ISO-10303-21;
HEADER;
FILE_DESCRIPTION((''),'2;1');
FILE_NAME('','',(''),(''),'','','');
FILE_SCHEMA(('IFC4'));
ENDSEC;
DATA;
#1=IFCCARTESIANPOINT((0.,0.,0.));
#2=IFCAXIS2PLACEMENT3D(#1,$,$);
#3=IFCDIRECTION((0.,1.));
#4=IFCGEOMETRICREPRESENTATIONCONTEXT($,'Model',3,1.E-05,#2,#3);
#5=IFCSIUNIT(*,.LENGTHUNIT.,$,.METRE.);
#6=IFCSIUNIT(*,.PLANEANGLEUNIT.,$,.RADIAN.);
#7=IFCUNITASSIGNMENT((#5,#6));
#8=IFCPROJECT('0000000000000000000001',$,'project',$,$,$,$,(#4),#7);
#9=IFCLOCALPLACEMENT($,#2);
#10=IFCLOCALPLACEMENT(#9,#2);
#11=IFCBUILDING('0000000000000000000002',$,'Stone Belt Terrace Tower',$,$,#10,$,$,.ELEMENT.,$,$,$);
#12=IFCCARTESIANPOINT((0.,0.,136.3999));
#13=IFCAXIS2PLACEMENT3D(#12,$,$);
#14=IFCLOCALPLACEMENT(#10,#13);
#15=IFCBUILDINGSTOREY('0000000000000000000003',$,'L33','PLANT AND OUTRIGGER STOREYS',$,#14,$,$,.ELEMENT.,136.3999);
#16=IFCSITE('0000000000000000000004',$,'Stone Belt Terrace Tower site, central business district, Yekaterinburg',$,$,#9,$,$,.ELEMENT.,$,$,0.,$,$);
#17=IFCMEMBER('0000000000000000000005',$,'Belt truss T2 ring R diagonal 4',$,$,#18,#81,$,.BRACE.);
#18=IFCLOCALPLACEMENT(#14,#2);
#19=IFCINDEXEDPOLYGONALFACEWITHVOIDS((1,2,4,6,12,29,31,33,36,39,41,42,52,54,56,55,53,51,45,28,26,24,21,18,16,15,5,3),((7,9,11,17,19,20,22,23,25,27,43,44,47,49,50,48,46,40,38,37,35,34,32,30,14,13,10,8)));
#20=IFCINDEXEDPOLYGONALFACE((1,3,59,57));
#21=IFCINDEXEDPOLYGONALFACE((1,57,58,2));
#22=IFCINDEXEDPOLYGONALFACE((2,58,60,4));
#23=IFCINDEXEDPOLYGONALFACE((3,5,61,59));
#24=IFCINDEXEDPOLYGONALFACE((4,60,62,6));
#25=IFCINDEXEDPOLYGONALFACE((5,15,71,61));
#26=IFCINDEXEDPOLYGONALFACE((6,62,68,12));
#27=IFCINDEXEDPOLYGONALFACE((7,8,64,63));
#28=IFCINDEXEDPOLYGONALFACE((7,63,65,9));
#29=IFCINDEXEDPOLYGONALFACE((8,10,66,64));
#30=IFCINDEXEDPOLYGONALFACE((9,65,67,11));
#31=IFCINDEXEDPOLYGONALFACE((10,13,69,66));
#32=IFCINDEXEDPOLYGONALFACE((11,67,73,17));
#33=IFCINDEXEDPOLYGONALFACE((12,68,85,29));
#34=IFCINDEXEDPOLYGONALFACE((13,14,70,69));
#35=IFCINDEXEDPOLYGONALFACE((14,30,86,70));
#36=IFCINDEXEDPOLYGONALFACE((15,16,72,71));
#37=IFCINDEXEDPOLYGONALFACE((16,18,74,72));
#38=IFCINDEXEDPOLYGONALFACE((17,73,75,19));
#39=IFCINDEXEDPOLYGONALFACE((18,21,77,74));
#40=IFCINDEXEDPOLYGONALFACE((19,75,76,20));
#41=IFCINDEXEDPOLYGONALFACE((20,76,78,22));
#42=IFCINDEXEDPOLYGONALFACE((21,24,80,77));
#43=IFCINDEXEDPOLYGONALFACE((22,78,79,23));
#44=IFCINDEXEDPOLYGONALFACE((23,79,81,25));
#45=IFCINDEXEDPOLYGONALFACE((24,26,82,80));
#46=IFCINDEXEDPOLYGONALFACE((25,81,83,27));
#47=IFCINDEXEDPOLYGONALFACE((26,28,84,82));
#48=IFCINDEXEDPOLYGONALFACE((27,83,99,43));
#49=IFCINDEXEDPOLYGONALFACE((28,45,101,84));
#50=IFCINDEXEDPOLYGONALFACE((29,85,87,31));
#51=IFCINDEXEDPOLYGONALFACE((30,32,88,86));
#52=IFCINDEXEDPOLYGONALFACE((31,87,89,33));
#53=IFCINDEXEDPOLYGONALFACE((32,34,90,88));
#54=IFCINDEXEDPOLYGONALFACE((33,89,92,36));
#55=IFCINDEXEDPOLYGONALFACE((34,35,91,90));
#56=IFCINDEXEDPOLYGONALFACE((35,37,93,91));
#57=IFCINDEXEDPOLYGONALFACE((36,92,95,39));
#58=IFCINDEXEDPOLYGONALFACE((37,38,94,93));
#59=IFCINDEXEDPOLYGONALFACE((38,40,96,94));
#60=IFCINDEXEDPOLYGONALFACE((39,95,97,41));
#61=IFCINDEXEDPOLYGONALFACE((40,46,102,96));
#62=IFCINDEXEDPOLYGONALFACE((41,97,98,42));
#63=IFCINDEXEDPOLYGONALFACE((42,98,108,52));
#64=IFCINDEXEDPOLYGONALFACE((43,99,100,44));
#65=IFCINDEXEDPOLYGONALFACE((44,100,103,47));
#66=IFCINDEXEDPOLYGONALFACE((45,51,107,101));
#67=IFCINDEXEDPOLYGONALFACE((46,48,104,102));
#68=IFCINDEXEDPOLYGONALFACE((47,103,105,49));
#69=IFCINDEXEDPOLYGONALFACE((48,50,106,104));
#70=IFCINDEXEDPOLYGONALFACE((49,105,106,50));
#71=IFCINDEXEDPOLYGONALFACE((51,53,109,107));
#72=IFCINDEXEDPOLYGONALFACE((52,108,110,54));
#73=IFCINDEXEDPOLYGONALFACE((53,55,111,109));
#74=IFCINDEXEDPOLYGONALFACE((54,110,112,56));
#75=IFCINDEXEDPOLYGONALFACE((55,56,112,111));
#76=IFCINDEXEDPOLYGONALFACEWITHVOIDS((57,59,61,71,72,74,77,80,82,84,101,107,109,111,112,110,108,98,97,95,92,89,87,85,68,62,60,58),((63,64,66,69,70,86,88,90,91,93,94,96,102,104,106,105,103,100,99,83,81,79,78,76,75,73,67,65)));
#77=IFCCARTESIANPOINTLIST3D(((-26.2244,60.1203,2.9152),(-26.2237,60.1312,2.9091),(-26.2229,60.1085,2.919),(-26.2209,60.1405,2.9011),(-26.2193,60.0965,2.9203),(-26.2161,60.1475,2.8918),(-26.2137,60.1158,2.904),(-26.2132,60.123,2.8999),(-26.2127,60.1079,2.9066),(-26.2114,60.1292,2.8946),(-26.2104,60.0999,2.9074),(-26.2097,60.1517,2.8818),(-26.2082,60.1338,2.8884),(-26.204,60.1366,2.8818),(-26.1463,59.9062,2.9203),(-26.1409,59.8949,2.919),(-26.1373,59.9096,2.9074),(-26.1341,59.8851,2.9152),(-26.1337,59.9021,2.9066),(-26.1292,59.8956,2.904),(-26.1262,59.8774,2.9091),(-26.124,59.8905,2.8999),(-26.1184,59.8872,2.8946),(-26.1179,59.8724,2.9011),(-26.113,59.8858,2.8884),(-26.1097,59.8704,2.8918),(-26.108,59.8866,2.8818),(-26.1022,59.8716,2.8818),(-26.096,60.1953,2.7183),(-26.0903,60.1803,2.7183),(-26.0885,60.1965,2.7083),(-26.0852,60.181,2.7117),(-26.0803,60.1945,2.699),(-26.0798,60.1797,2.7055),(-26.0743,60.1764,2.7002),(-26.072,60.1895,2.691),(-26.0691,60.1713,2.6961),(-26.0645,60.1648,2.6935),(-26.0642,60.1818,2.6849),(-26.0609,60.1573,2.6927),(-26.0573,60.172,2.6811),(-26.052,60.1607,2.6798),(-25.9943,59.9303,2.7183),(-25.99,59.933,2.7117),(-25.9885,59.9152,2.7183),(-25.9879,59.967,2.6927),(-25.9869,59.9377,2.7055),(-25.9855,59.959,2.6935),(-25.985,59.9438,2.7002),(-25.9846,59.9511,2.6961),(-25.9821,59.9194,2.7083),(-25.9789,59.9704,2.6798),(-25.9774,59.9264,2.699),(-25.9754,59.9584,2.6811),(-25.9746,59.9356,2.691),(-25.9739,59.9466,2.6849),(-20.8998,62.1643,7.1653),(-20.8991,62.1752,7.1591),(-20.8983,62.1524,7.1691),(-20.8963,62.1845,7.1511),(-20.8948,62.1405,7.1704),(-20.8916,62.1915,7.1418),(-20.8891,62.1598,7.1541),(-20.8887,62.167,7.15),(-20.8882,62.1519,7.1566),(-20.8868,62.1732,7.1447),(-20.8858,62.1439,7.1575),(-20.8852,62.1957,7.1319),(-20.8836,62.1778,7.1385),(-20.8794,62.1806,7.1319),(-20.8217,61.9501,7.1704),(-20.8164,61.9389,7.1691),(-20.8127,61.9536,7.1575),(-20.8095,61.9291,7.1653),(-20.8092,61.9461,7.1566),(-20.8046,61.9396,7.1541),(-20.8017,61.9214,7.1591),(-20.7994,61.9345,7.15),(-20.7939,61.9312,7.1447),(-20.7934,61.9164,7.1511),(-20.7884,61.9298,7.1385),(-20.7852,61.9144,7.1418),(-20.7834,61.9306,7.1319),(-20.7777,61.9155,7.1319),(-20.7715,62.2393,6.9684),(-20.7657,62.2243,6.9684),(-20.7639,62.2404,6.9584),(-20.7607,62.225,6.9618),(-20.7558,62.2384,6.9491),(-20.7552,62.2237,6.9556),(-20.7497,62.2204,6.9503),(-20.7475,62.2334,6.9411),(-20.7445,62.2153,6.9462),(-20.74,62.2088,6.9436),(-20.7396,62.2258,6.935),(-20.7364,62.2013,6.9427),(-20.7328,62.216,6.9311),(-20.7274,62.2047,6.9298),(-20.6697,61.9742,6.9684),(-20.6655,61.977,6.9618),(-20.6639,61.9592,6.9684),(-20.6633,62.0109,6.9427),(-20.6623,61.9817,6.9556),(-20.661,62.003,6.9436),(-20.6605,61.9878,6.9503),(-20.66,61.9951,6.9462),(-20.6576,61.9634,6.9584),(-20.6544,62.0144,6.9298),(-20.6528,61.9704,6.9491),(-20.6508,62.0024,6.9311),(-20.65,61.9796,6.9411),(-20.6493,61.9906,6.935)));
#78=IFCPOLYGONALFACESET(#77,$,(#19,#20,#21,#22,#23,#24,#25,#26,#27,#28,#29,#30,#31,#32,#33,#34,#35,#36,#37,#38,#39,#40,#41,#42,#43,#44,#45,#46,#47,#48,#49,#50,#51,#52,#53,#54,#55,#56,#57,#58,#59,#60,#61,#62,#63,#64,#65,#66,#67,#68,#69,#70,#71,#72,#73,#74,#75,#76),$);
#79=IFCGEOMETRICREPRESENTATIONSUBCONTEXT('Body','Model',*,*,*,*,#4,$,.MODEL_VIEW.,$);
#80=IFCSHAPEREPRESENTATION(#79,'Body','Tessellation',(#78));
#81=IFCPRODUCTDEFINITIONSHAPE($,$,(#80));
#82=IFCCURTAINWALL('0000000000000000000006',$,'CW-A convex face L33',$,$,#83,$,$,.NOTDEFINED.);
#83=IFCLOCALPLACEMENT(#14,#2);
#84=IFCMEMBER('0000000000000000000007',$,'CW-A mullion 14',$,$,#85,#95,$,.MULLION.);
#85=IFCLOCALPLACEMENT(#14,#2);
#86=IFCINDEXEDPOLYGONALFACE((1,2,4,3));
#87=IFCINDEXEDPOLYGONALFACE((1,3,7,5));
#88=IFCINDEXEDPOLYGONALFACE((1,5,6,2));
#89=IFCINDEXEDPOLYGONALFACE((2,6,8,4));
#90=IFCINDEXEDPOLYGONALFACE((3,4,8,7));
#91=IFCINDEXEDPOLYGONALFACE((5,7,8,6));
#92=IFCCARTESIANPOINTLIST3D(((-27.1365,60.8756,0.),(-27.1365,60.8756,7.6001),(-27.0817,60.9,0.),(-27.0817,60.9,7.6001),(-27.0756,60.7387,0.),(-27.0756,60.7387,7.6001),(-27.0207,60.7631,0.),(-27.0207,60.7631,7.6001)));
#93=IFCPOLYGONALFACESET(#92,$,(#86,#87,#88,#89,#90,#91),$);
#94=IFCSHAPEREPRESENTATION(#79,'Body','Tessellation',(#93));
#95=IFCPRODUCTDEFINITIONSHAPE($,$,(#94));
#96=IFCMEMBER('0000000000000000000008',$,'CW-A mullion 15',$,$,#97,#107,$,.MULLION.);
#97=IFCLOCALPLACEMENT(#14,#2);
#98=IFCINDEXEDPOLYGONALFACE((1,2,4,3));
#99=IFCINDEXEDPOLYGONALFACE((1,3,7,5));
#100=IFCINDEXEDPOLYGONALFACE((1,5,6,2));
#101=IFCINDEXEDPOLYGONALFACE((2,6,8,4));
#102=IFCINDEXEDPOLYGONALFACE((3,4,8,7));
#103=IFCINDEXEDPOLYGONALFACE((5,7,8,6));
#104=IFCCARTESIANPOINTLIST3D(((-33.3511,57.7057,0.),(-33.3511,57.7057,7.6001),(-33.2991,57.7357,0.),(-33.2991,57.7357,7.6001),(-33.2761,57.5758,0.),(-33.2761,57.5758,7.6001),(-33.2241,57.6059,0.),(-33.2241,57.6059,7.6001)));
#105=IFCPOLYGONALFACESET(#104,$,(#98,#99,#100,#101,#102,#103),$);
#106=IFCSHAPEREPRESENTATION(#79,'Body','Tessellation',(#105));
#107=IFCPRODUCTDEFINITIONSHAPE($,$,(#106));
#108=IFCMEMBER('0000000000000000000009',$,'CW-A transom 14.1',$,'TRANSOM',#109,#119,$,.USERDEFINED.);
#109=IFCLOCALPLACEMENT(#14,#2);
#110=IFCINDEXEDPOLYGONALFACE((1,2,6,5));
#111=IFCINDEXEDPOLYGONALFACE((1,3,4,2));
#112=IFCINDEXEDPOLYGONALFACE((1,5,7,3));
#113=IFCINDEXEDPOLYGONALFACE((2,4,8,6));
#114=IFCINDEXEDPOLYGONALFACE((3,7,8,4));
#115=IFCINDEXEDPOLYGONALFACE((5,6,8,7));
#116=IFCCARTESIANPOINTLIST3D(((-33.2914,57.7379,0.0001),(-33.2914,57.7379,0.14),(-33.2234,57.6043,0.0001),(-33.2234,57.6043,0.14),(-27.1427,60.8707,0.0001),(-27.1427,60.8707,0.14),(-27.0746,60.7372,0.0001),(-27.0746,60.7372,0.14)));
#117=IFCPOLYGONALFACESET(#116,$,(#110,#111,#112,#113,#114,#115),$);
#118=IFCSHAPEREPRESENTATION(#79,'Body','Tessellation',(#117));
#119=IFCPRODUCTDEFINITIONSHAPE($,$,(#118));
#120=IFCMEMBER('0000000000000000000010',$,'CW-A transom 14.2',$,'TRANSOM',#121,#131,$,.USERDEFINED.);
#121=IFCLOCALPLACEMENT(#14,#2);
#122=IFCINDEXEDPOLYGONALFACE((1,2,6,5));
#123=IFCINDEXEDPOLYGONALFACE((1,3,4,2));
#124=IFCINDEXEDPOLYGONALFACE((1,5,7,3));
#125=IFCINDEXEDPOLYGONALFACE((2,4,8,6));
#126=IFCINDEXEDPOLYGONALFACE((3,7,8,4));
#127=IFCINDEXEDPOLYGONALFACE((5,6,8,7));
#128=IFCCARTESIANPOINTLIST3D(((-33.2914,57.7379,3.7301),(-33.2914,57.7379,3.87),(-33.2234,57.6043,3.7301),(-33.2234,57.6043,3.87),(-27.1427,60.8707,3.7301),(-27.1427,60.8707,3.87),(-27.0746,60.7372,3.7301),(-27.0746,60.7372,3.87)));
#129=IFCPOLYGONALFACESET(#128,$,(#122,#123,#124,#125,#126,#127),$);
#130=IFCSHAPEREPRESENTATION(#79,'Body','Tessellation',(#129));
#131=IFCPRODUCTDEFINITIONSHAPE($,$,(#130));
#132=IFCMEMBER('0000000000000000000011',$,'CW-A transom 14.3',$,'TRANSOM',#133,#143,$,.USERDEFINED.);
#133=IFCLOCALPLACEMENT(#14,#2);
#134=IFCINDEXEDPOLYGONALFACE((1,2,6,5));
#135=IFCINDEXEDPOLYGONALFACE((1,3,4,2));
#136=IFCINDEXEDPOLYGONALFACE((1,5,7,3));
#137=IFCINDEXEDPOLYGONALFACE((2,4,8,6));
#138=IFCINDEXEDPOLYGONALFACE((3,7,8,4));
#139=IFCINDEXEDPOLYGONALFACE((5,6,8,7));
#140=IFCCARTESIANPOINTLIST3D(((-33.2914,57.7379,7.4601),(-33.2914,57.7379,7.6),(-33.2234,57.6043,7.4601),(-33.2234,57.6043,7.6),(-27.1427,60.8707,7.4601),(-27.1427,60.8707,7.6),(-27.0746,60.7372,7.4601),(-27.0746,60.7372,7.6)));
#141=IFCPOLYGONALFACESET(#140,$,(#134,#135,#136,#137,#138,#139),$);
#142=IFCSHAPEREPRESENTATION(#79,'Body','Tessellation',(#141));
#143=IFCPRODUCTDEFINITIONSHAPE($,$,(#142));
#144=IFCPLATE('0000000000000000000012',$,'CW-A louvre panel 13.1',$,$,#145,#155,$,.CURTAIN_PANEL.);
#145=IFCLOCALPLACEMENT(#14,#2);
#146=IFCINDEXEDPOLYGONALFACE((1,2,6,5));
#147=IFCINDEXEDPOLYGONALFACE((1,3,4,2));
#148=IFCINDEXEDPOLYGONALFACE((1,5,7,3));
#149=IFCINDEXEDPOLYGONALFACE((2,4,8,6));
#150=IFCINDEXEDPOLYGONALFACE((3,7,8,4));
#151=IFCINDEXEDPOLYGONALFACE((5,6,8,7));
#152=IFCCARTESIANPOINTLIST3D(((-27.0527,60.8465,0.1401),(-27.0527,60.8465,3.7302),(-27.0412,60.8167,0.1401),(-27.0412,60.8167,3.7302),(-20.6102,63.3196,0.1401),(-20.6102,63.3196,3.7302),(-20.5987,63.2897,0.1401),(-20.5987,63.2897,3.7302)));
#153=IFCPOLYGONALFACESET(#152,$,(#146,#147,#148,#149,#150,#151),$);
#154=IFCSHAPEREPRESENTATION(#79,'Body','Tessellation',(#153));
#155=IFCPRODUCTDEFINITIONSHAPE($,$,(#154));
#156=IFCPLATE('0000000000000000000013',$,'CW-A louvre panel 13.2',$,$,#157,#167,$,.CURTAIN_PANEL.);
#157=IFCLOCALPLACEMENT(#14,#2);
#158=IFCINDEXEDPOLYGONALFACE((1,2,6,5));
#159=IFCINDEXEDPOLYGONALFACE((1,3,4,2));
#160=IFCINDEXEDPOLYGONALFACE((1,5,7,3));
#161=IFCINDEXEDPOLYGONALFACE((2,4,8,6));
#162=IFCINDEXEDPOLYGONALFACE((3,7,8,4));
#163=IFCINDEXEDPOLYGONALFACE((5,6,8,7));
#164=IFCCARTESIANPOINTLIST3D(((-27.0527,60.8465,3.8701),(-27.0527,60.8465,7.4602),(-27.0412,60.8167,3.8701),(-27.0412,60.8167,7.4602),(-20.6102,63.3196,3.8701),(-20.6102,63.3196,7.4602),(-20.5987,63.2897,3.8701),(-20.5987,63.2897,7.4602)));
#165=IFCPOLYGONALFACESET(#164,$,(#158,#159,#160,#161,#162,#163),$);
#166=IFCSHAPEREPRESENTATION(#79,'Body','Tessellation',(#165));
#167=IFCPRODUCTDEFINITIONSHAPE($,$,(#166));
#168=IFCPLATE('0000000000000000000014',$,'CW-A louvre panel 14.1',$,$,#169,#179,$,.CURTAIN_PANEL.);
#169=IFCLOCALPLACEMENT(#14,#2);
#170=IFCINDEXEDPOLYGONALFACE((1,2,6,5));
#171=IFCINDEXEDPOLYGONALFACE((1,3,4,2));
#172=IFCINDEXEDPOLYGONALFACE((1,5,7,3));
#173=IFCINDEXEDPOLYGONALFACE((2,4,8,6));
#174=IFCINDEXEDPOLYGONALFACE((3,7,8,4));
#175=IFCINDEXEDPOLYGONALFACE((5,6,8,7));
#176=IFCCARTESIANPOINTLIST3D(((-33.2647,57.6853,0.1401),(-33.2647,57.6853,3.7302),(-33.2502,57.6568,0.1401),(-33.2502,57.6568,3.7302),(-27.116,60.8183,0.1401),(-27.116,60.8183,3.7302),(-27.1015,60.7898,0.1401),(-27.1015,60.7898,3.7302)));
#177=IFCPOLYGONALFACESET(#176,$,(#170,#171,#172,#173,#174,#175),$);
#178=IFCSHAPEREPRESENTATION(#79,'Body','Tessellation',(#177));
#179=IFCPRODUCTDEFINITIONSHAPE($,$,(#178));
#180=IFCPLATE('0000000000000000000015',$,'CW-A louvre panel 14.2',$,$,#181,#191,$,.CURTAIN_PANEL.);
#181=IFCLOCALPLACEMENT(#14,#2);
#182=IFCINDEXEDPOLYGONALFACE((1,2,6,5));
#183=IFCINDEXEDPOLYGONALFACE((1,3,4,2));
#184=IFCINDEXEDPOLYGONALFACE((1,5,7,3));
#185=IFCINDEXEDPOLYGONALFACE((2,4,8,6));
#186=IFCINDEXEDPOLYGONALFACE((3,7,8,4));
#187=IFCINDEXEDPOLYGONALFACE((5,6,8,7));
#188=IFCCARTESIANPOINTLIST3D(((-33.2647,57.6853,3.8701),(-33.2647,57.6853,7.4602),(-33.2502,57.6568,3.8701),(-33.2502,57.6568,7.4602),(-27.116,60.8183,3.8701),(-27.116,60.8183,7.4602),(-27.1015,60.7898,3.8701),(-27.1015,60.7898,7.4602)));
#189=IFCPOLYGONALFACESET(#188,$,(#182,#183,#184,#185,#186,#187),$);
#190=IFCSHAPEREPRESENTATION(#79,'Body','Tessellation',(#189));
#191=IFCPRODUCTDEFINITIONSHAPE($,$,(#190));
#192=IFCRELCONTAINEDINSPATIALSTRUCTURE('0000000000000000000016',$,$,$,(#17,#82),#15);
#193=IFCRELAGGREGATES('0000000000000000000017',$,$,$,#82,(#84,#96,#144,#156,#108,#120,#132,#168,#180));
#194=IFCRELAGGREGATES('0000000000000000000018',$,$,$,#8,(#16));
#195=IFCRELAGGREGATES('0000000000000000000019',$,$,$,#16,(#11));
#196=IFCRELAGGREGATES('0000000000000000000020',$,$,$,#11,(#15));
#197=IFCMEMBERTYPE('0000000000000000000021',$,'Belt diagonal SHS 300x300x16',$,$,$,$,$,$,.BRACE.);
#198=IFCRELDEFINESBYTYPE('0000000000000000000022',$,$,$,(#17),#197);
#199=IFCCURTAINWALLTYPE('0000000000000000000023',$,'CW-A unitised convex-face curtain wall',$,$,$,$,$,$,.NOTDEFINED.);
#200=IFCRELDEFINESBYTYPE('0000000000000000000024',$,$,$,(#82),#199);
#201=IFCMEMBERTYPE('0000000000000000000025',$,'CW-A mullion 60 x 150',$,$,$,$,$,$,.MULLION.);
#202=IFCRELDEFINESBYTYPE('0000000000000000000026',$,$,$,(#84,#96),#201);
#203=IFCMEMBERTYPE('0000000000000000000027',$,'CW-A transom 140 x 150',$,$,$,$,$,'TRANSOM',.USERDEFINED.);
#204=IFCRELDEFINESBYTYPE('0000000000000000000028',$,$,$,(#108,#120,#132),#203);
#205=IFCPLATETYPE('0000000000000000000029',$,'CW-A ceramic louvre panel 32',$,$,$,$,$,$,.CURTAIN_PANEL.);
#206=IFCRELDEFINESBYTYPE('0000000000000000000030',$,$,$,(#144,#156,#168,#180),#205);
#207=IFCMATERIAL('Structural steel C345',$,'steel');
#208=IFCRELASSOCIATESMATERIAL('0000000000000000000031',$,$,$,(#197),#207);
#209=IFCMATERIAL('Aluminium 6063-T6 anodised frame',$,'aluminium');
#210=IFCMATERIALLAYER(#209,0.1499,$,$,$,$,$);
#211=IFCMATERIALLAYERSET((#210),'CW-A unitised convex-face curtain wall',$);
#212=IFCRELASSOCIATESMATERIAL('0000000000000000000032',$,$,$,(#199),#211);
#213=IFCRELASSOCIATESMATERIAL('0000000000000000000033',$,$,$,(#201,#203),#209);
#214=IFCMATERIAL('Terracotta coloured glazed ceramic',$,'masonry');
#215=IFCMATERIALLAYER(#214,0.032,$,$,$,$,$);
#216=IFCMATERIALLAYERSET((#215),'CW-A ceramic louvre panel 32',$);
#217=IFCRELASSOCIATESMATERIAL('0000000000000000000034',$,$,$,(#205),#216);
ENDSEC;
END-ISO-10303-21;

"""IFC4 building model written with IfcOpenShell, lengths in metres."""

from ifc_helpers import new_model, si_unit, direction, frame, origin, origin_2d, place, context, subcontext, project, spatial, rectangle, hollow_rectangle, extrude, material, layer, layer_set, material_profile, profile_set, type_object, element, aggregate, save


model = new_model("IFC4")

# Units and contexts
model_context = context("Model", 3, precision=1e-05, world=origin(), true_north=direction((0.0, 1.0)))
body_context = subcontext(model_context, "Body", "Model", "MODEL_VIEW")
ifc_project = project(units=[si_unit("LENGTHUNIT", "METRE"), si_unit("PLANEANGLEUNIT", "RADIAN")], contexts=[model_context])

# Site, building, storey
site_placement = place(None, origin())
site = spatial("IfcSite", under=ifc_project, at=site_placement, Name="Stone Belt Terrace Tower site, central business district, Yekaterinburg", CompositionType="ELEMENT", RefElevation=0.0)
building_placement = place(site_placement, origin())
building = spatial("IfcBuilding", under=site, at=building_placement, Name="Stone Belt Terrace Tower", CompositionType="ELEMENT")
storey_placement = place(building_placement, frame((0.0, 0.0, 136.3999)))
storey = spatial("IfcBuildingStorey", under=building, at=storey_placement, Name="L33", Description="PLANT AND OUTRIGGER STOREYS", CompositionType="ELEMENT", Elevation=136.3999)

# Member
ifc_material_1 = material(Name="Structural steel C345", Category="steel")
ifc_material_profile_1 = material_profile(ifc_material_1, hollow_rectangle(XDim=0.3, YDim=0.3, WallThickness=0.0161, InnerFilletRadius=0.032, OuterFilletRadius=0.0481, at=origin_2d()), Name="SHS 300x300x16")
ifc_profile_set_1 = profile_set([ifc_material_profile_1], Name="Structural steel C345")
member_type_1 = type_object("IfcMemberType", Name="Belt diagonal SHS 300x300x16", PredefinedType="BRACE", material=ifc_profile_set_1)
member_1_placement = place(storey_placement, frame((-26.0991, 60.0334, 2.8), z_axis=(0.748588, 0.287367, 0.597525), x_axis=(-0.358379, 0.933576, 0.0)))
element("IfcMember", 1, at=member_1_placement, inside=storey, type_object=member_type_1, Name="Belt truss T2 ring R diagonal 4", PredefinedType="BRACE", context=body_context, shape_type="SweptSolid", body=[
    extrude(hollow_rectangle(XDim=0.3, YDim=0.3, WallThickness=0.0161, InnerFilletRadius=0.032, OuterFilletRadius=0.0481, at=origin_2d()), origin(), (0.0, 0.0, 1.0), 7.1128),
])

# Curtain wall, members, plates
ifc_material_2 = material(Name="Aluminium 6063-T6 anodised frame", Category="aluminium")
ifc_layer_1 = layer(ifc_material_2, 0.1499)
ifc_layer_set_1 = layer_set([ifc_layer_1], Name="CW-A unitised convex-face curtain wall")
curtain_wall_type = type_object("IfcCurtainWallType", Name="CW-A unitised convex-face curtain wall", PredefinedType="NOTDEFINED", material=ifc_layer_set_1)
curtain_wall_placement = place(storey_placement, origin())
curtain_wall = element("IfcCurtainWall", 2, at=curtain_wall_placement, inside=storey, type_object=curtain_wall_type, Name="CW-A convex face L33", PredefinedType="NOTDEFINED")
ifc_material_profile_2 = material_profile(ifc_material_2, rectangle(XDim=0.1499, YDim=0.0601, at=origin_2d()), Name="Aluminium 6063-T6 60x150")
ifc_profile_set_2 = profile_set([ifc_material_profile_2], Name="Aluminium 6063-T6 anodised frame")
member_type_2 = type_object("IfcMemberType", Name="CW-A mullion 60 x 150", PredefinedType="MULLION", material=ifc_profile_set_2)
member_2_placement = place(storey_placement, frame((-27.0786, 60.8193, 0.0), z_axis=(0.0, 0.0, 1.0), x_axis=(0.406737, -0.913545, 0.0)))
member_2 = element("IfcMember", 3, at=member_2_placement, type_object=member_type_2, Name="CW-A mullion 14", PredefinedType="MULLION", context=body_context, shape_type="SweptSolid", body=[
    extrude(rectangle(XDim=0.1499, YDim=0.0601, at=origin_2d()), origin(), (0.0, 0.0, 1.0), 7.6001),
])
member_3_placement = place(storey_placement, frame((-33.2876, 57.6558, 0.0), z_axis=(0.0, 0.0, 1.0), x_axis=(0.5, -0.866025, 0.0)))
member_3 = element("IfcMember", 4, at=member_3_placement, type_object=member_type_2, Name="CW-A mullion 15", PredefinedType="MULLION", context=body_context, shape_type="SweptSolid", body=[
    extrude(rectangle(XDim=0.1499, YDim=0.0601, at=origin_2d()), origin(), (0.0, 0.0, 1.0), 7.6001),
])
ifc_material_profile_3 = material_profile(ifc_material_2, rectangle(XDim=0.1499, YDim=0.1399, at=origin_2d()), Name="Aluminium 6063-T6 150x140")
ifc_profile_set_3 = profile_set([ifc_material_profile_3], Name="Aluminium 6063-T6 anodised frame")
member_type_3 = type_object("IfcMemberType", Name="CW-A transom 140 x 150", ElementType="TRANSOM", PredefinedType="USERDEFINED", material=ifc_profile_set_3)
member_4_placement = place(storey_placement, frame((-27.1086, 60.804, 0.0701), z_axis=(-0.891012, -0.453979, 0.0), x_axis=(0.453979, -0.891012, 0.0)))
member_4 = element("IfcMember", 5, at=member_4_placement, type_object=member_type_3, Name="CW-A transom 14.1", ObjectType="TRANSOM", PredefinedType="USERDEFINED", context=body_context, shape_type="SweptSolid", body=[
    extrude(rectangle(XDim=0.1499, YDim=0.1399, at=origin_2d()), origin(), (0.0, 0.0, 1.0), 6.9009),
])
member_5_placement = place(storey_placement, frame((-27.1086, 60.804, 3.8), z_axis=(-0.891012, -0.453979, 0.0), x_axis=(0.453979, -0.891012, 0.0)))
member_5 = element("IfcMember", 6, at=member_5_placement, type_object=member_type_3, Name="CW-A transom 14.2", ObjectType="TRANSOM", PredefinedType="USERDEFINED", context=body_context, shape_type="SweptSolid", body=[
    extrude(rectangle(XDim=0.1499, YDim=0.1399, at=origin_2d()), origin(), (0.0, 0.0, 1.0), 6.9009),
])
member_6_placement = place(storey_placement, frame((-27.1086, 60.804, 7.53), z_axis=(-0.891012, -0.453979, 0.0), x_axis=(0.453979, -0.891012, 0.0)))
member_6 = element("IfcMember", 7, at=member_6_placement, type_object=member_type_3, Name="CW-A transom 14.3", ObjectType="TRANSOM", PredefinedType="USERDEFINED", context=body_context, shape_type="SweptSolid", body=[
    extrude(rectangle(XDim=0.1499, YDim=0.1399, at=origin_2d()), origin(), (0.0, 0.0, 1.0), 6.9009),
])
ifc_material_3 = material(Name="Terracotta coloured glazed ceramic", Category="masonry")
ifc_layer_2 = layer(ifc_material_3, 0.032)
ifc_layer_set_2 = layer_set([ifc_layer_2], Name="CW-A ceramic louvre panel 32")
plate_type = type_object("IfcPlateType", Name="CW-A ceramic louvre panel 32", PredefinedType="CURTAIN_PANEL", material=ifc_layer_set_2)
plate_1_placement = place(storey_placement, frame((-23.8257, 62.0681, 0.1401), z_axis=(0.0, 0.0, 1.0), x_axis=(-0.93358, -0.358368, 0.0)))
plate_1 = element("IfcPlate", 8, at=plate_1_placement, type_object=plate_type, Name="CW-A louvre panel 13.1", PredefinedType="CURTAIN_PANEL", context=body_context, shape_type="SweptSolid", body=[
    extrude(rectangle(XDim=6.9009, YDim=0.032, at=origin_2d()), origin(), (0.0, 0.0, 1.0), 3.5901),
])
plate_2_placement = place(storey_placement, frame((-23.8257, 62.0681, 3.8701), z_axis=(0.0, 0.0, 1.0), x_axis=(-0.93358, -0.358368, 0.0)))
plate_2 = element("IfcPlate", 9, at=plate_2_placement, type_object=plate_type, Name="CW-A louvre panel 13.2", PredefinedType="CURTAIN_PANEL", context=body_context, shape_type="SweptSolid", body=[
    extrude(rectangle(XDim=6.9009, YDim=0.032, at=origin_2d()), origin(), (0.0, 0.0, 1.0), 3.5901),
])
plate_3_placement = place(storey_placement, frame((-30.1831, 59.2375, 0.1401), z_axis=(0.0, 0.0, 1.0), x_axis=(-0.891007, -0.45399, 0.0)))
plate_3 = element("IfcPlate", 10, at=plate_3_placement, type_object=plate_type, Name="CW-A louvre panel 14.1", PredefinedType="CURTAIN_PANEL", context=body_context, shape_type="SweptSolid", body=[
    extrude(rectangle(XDim=6.9009, YDim=0.032, at=origin_2d()), origin(), (0.0, 0.0, 1.0), 3.5901),
])
plate_4_placement = place(storey_placement, frame((-30.1831, 59.2375, 3.8701), z_axis=(0.0, 0.0, 1.0), x_axis=(-0.891007, -0.45399, 0.0)))
plate_4 = element("IfcPlate", 11, at=plate_4_placement, type_object=plate_type, Name="CW-A louvre panel 14.2", PredefinedType="CURTAIN_PANEL", context=body_context, shape_type="SweptSolid", body=[
    extrude(rectangle(XDim=6.9009, YDim=0.032, at=origin_2d()), origin(), (0.0, 0.0, 1.0), 3.5901),
])
aggregate(curtain_wall, [member_2, member_3, plate_1, plate_2, member_4, member_5, member_6, plate_3, plate_4])

save(model, "model.ifc")
